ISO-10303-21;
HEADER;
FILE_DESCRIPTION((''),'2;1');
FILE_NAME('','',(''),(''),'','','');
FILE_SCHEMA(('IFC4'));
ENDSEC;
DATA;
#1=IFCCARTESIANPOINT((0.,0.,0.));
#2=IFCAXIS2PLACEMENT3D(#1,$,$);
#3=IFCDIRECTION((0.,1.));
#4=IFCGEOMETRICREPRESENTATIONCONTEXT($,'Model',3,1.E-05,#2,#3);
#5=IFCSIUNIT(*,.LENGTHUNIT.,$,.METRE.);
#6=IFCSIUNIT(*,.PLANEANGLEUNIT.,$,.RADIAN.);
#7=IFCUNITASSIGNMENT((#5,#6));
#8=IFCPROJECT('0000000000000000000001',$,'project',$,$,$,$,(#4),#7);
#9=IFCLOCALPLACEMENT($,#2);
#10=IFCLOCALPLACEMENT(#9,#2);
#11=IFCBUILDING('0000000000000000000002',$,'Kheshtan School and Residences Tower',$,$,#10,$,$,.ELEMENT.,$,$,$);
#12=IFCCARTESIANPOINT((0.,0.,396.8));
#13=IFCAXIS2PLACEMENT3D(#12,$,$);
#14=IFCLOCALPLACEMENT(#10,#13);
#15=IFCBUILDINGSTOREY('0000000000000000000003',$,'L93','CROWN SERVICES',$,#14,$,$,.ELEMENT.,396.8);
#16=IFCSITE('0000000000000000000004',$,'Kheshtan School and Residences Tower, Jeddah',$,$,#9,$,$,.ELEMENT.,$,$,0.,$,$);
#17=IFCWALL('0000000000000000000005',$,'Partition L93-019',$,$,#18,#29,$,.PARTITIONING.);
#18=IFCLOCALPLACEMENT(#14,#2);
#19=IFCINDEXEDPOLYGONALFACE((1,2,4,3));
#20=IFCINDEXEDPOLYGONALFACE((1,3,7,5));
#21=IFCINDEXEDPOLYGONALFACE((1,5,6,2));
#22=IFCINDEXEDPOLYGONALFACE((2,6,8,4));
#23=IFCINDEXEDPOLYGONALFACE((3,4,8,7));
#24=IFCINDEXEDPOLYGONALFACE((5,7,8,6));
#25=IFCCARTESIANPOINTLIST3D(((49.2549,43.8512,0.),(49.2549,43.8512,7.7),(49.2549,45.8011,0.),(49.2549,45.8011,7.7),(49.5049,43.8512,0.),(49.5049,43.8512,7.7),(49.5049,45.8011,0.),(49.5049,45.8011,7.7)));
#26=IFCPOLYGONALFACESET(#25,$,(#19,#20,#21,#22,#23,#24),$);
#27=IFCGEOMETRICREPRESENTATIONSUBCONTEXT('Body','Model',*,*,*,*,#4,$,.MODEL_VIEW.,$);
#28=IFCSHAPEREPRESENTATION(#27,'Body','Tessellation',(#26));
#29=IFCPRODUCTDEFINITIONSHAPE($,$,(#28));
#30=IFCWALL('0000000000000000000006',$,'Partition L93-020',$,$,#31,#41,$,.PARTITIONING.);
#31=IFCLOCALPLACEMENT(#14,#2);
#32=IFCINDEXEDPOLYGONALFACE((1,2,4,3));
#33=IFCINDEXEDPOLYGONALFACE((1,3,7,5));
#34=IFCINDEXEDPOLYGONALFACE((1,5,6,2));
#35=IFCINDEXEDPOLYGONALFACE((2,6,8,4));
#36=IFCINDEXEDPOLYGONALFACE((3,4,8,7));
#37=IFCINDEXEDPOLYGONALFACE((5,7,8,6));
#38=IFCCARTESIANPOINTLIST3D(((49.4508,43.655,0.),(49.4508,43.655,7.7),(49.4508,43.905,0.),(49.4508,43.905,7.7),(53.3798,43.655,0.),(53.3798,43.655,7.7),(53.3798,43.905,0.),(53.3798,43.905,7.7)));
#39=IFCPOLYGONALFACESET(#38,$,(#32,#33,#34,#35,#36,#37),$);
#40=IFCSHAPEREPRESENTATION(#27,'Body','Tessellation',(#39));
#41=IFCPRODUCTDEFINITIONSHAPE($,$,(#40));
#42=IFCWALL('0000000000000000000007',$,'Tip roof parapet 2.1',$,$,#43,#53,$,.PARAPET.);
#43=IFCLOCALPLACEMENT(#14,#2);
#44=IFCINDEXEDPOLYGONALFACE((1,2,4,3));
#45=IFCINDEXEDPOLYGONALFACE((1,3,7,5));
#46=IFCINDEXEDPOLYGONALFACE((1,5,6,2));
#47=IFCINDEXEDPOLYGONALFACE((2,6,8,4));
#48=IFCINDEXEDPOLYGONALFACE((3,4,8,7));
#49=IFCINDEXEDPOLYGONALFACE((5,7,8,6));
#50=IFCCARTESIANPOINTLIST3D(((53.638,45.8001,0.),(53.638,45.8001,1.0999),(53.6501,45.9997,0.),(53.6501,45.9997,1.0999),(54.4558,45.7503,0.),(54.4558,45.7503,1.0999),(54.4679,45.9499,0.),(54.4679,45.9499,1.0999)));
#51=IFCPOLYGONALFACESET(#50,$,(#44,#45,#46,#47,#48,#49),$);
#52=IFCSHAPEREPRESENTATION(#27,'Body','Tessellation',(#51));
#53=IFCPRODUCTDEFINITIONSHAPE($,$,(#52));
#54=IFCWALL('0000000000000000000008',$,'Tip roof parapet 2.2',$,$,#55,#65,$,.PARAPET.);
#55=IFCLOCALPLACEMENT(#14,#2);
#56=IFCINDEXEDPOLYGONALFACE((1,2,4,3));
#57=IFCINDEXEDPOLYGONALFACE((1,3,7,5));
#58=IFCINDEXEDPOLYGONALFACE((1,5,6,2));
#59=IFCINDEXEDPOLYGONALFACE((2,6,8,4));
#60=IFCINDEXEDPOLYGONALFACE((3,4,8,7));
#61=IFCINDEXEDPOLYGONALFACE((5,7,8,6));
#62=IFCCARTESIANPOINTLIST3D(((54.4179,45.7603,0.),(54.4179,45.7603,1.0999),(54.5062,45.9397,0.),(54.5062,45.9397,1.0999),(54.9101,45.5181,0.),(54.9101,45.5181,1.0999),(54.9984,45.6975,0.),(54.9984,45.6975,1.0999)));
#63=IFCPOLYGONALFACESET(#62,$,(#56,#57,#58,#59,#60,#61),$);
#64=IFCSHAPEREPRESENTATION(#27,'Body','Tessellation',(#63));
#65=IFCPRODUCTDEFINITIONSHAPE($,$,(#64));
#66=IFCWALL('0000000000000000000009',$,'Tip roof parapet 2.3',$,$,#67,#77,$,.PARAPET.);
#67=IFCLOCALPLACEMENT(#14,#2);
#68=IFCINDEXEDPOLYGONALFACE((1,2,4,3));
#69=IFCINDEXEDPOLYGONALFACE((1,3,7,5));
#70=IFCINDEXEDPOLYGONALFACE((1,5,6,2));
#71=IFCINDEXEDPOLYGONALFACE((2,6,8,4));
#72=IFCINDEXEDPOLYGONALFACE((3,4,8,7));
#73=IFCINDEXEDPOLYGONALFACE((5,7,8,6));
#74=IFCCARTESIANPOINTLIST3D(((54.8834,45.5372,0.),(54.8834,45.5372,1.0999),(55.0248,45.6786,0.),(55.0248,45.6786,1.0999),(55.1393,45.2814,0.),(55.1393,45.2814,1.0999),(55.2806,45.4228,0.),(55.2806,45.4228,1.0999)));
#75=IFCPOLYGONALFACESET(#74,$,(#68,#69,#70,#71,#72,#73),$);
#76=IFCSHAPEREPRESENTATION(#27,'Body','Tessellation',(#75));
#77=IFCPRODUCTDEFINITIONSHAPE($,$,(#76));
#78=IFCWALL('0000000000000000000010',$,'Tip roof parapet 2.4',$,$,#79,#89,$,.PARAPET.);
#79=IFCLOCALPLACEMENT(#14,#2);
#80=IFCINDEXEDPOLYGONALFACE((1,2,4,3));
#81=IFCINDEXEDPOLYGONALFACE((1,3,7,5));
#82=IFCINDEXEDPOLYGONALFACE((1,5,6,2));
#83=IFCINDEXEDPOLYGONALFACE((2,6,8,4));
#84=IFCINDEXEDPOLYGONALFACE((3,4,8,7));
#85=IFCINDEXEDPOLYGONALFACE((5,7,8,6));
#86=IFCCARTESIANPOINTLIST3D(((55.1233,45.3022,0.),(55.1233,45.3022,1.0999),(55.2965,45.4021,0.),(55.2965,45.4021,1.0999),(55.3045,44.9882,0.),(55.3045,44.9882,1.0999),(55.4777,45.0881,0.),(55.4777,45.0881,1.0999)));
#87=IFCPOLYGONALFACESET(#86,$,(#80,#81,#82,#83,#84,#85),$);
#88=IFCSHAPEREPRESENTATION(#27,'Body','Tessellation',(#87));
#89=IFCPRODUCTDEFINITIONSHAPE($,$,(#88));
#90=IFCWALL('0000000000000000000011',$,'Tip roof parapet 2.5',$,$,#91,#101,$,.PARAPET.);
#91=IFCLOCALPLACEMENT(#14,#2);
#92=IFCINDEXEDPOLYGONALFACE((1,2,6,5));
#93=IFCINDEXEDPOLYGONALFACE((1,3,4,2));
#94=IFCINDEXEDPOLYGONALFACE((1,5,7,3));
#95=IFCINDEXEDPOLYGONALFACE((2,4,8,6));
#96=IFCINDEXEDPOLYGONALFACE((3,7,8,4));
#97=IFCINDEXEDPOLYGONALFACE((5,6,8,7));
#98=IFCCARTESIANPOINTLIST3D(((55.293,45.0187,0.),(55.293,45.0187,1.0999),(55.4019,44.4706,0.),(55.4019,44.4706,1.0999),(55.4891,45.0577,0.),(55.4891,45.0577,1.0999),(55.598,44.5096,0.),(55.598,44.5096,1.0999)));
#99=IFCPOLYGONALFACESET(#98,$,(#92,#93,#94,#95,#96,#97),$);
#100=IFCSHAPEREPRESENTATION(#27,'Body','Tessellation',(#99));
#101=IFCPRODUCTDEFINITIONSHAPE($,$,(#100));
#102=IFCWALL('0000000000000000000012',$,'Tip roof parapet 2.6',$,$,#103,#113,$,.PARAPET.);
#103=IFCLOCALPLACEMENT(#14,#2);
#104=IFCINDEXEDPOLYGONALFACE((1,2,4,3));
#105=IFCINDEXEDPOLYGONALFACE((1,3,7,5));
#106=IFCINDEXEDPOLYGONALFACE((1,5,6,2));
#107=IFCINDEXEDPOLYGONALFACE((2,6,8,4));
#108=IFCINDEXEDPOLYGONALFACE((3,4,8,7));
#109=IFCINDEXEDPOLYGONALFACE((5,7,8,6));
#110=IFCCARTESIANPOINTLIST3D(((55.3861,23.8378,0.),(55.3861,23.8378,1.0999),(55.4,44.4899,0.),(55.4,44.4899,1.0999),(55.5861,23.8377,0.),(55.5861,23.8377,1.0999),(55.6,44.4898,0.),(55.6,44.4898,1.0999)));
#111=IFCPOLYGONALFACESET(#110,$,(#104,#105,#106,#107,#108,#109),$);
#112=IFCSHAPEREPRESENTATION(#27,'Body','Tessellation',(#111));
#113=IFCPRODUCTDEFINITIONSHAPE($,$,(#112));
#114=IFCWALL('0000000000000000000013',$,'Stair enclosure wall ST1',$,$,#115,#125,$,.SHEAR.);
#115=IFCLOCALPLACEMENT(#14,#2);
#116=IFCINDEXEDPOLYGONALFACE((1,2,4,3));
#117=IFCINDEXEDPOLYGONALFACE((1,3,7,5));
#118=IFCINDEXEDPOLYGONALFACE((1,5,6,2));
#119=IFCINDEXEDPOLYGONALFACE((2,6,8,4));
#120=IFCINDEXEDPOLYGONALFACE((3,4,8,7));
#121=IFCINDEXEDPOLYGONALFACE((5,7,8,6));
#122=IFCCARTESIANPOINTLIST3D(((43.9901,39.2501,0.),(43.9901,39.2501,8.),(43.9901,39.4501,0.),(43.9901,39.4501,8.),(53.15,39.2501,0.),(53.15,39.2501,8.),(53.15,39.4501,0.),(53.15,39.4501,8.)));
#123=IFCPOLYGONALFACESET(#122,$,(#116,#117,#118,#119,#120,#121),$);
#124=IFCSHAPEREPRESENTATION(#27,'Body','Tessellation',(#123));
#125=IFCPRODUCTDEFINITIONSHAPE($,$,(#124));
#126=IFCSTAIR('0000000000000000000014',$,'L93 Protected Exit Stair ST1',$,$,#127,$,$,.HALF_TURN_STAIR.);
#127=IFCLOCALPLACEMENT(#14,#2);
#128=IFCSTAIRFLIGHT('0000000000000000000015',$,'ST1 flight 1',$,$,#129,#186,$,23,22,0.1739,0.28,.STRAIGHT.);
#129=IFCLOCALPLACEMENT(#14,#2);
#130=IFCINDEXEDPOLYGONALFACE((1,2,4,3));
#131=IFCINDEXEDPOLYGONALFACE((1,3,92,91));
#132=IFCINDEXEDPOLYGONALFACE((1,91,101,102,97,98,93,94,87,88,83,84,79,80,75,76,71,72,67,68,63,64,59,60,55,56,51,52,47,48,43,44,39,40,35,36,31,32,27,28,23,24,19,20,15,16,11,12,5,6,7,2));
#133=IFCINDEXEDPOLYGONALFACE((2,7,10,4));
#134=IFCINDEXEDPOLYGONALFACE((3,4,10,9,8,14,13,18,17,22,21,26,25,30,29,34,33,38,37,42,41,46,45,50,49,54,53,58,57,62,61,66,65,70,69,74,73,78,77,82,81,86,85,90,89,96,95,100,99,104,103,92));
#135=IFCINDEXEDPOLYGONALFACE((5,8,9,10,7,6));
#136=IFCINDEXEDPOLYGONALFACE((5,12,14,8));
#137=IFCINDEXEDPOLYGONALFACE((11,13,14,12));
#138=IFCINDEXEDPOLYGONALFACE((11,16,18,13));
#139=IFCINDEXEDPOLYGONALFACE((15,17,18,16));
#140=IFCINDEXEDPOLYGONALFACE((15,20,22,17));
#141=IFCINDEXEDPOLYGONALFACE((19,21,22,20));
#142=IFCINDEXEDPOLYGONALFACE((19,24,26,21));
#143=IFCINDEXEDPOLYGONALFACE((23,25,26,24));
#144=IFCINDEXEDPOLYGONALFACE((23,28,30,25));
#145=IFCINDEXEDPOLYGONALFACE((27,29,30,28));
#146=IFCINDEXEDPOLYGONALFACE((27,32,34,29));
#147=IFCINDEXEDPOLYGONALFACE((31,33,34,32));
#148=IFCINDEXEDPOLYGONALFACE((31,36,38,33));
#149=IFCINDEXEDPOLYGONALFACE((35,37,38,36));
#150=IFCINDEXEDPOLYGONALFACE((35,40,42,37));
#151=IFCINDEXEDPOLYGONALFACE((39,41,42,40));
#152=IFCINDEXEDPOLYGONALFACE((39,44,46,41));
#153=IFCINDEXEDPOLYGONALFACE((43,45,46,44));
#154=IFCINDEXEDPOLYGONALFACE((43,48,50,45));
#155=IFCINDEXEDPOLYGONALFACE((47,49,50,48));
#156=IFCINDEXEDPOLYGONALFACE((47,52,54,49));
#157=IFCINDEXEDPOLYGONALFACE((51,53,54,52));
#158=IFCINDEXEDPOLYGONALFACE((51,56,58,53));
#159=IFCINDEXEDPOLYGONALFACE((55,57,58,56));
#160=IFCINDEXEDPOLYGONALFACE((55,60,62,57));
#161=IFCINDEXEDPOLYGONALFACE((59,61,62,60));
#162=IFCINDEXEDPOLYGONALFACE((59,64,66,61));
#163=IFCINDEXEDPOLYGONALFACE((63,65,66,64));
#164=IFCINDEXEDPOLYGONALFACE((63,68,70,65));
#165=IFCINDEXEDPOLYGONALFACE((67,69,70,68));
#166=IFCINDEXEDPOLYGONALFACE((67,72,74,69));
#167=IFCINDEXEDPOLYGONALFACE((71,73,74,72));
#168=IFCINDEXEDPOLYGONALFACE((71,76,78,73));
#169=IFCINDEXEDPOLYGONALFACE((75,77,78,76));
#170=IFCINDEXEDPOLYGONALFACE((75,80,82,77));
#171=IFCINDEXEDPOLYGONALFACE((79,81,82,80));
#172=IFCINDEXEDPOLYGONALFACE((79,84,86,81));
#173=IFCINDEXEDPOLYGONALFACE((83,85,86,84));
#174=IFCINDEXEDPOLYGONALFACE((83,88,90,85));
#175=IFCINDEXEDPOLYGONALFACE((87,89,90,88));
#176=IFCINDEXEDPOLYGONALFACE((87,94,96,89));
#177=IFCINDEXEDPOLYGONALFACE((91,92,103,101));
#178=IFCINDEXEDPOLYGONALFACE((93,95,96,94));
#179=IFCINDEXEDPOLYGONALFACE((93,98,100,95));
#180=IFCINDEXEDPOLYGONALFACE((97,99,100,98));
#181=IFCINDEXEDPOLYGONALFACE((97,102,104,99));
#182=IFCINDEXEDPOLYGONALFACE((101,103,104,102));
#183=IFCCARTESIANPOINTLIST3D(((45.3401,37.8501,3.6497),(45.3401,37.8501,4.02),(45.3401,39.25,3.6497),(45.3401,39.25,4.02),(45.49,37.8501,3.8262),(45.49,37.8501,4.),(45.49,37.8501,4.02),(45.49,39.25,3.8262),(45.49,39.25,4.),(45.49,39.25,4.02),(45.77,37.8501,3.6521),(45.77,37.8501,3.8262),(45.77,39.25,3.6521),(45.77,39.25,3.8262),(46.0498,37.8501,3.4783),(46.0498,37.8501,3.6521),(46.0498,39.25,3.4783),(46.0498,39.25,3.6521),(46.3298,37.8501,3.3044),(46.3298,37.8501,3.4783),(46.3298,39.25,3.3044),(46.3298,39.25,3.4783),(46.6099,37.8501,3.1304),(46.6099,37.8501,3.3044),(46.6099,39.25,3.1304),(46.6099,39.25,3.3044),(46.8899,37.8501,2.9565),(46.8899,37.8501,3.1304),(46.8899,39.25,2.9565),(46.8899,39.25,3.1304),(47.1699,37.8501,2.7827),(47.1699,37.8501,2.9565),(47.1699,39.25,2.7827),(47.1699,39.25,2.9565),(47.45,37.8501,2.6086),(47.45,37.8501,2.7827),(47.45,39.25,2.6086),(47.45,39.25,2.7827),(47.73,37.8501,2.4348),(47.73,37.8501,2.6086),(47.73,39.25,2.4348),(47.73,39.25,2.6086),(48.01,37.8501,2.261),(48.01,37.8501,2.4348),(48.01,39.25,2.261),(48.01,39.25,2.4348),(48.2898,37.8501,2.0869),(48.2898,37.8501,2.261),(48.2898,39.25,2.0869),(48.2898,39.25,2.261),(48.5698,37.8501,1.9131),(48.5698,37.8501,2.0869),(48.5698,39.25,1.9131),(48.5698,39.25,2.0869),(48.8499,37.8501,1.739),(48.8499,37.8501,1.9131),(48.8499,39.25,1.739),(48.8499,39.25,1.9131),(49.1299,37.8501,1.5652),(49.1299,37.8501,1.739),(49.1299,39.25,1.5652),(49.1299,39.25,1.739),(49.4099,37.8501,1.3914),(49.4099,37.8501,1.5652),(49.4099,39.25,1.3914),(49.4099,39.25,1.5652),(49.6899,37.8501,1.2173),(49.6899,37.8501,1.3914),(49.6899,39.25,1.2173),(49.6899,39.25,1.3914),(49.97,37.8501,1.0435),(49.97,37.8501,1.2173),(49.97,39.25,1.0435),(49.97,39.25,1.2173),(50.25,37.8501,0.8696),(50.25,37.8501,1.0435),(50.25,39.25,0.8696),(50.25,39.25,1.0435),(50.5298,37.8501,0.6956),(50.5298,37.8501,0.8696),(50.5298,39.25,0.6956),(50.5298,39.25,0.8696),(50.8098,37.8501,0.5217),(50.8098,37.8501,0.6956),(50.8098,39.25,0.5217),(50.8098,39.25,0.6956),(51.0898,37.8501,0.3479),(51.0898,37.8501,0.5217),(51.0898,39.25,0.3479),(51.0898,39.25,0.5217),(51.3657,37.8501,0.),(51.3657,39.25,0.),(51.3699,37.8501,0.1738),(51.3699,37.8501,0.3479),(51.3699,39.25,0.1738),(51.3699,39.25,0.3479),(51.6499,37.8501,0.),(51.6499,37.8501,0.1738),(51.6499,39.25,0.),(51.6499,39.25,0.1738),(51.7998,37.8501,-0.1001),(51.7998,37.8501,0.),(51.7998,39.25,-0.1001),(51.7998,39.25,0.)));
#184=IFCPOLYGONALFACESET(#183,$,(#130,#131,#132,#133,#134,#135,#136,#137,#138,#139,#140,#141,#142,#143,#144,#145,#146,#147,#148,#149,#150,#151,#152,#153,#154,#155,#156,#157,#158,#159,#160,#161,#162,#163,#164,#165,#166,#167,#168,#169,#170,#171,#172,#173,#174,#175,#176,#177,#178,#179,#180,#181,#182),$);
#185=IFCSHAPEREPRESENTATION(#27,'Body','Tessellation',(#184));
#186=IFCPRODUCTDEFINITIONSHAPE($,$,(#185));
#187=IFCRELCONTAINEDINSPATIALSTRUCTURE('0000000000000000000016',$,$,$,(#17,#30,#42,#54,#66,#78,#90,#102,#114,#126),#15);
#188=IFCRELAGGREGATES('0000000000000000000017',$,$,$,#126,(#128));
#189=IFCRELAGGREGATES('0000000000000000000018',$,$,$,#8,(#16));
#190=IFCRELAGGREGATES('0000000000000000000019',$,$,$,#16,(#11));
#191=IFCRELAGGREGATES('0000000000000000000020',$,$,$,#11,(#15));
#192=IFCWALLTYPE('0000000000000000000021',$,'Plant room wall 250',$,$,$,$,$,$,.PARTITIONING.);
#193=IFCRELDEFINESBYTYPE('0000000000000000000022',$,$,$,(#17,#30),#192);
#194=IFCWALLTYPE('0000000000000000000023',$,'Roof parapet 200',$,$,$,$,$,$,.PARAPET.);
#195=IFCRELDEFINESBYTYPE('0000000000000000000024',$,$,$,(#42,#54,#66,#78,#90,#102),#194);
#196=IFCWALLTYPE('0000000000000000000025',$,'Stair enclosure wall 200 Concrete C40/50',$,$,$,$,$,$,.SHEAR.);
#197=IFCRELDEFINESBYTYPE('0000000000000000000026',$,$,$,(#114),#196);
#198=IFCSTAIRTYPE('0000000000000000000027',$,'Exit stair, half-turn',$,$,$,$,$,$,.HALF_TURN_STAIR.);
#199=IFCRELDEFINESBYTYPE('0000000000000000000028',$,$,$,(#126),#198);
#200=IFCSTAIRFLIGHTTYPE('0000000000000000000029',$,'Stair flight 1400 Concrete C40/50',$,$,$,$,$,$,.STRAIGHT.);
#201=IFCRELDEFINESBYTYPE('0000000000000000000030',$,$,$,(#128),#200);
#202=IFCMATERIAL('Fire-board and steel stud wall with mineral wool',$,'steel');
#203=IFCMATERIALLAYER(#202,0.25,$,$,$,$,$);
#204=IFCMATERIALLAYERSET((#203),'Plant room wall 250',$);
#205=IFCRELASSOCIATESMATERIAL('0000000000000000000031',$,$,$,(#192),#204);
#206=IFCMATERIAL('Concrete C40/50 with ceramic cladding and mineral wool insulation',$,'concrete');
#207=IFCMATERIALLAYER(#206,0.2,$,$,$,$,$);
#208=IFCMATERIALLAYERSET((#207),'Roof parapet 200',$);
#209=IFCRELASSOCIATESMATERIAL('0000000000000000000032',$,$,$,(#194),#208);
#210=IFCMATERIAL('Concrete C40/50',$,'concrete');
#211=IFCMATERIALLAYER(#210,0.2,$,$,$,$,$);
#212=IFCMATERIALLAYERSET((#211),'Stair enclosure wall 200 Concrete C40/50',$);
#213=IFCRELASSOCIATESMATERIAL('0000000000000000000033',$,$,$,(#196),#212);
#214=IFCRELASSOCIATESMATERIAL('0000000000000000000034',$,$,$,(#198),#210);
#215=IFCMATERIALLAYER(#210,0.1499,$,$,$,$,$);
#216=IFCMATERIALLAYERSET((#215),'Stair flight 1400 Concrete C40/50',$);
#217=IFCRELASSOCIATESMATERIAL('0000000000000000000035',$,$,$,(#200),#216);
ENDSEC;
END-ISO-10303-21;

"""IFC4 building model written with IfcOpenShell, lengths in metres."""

from ifc_helpers import new_model, si_unit, direction, frame, frame_2d, origin, place, context, subcontext, project, spatial, polyline, rectangle, outline, extrude, material, layer, layer_set, type_object, element, aggregate, save


model = new_model("IFC4")

# Units and contexts
model_context = context("Model", 3, precision=1e-05, world=origin(), true_north=direction((0.0, 1.0)))
body_context = subcontext(model_context, "Body", "Model", "MODEL_VIEW")
ifc_project = project(units=[si_unit("LENGTHUNIT", "METRE"), si_unit("PLANEANGLEUNIT", "RADIAN")], contexts=[model_context])

# Site, building, storey
site_placement = place(None, origin())
site = spatial("IfcSite", under=ifc_project, at=site_placement, Name="Kheshtan School and Residences Tower, Jeddah", CompositionType="ELEMENT", RefElevation=0.0)
building_placement = place(site_placement, origin())
building = spatial("IfcBuilding", under=site, at=building_placement, Name="Kheshtan School and Residences Tower", CompositionType="ELEMENT")
storey_placement = place(building_placement, frame((0.0, 0.0, 396.8)))
storey = spatial("IfcBuildingStorey", under=building, at=storey_placement, Name="L93", Description="CROWN SERVICES", CompositionType="ELEMENT", Elevation=396.8)

# Walls
ifc_material_1 = material(Name="Concrete C40/50 with ceramic cladding and mineral wool insulation", Category="concrete")
ifc_material_2 = material(Name="Fire-board and steel stud wall with mineral wool", Category="steel")
ifc_layer_1 = layer(ifc_material_2, 0.25)
ifc_layer_set_1 = layer_set([ifc_layer_1], Name="Plant room wall 250")
wall_type_1 = type_object("IfcWallType", Name="Plant room wall 250", PredefinedType="PARTITIONING", material=ifc_layer_set_1)
wall_1_placement = place(storey_placement, frame((49.3799, 43.8511, 0.0), z_axis=(0.0, 0.0, 1.0), x_axis=(0.0, 1.0, 0.0)))
element("IfcWall", 1, at=wall_1_placement, inside=storey, type_object=wall_type_1, Name="Partition L93-019", PredefinedType="PARTITIONING", context=body_context, shape_type="SweptSolid", body=[
    extrude(rectangle(XDim=1.95, YDim=0.25, at=frame_2d((0.9751, 0.0))), origin(), (0.0, 0.0, 1.0), 7.7),
])
wall_2_placement = place(storey_placement, frame((49.4509, 43.78, 0.0), z_axis=(0.0, 0.0, 1.0), x_axis=(1.0, 0.0, 0.0)))
element("IfcWall", 2, at=wall_2_placement, inside=storey, type_object=wall_type_1, Name="Partition L93-020", PredefinedType="PARTITIONING", context=body_context, shape_type="SweptSolid", body=[
    extrude(rectangle(XDim=3.929, YDim=0.25, at=frame_2d((1.9644, 0.0))), origin(), (0.0, 0.0, 1.0), 7.7),
])
ifc_layer_2 = layer(ifc_material_1, 0.2)
ifc_layer_set_2 = layer_set([ifc_layer_2], Name="Roof parapet 200")
wall_type_2 = type_object("IfcWallType", Name="Roof parapet 200", PredefinedType="PARAPET", material=ifc_layer_set_2)
wall_3_placement = place(storey_placement, frame((53.644, 45.8999, 0.0), z_axis=(0.0, 0.0, 1.0), x_axis=(0.998151, -0.060783, 0.0)))
element("IfcWall", 3, at=wall_3_placement, inside=storey, type_object=wall_type_2, Name="Tip roof parapet 2.1", PredefinedType="PARAPET", context=body_context, shape_type="SweptSolid", body=[
    extrude(rectangle(XDim=0.8193, YDim=0.2, at=frame_2d((0.4097, 0.0))), origin(), (0.0, 0.0, 1.0), 1.0999),
])
wall_4_placement = place(storey_placement, frame((54.4619, 45.8501, 0.0), z_axis=(0.0, 0.0, 1.0), x_axis=(0.897257, -0.441508, 0.0)))
element("IfcWall", 4, at=wall_4_placement, inside=storey, type_object=wall_type_2, Name="Tip roof parapet 2.2", PredefinedType="PARAPET", context=body_context, shape_type="SweptSolid", body=[
    extrude(rectangle(XDim=0.5486, YDim=0.2, at=frame_2d((0.2744, 0.0))), origin(), (0.0, 0.0, 1.0), 1.0999),
])
wall_5_placement = place(storey_placement, frame((54.9541, 45.6079, 0.0), z_axis=(0.0, 0.0, 1.0), x_axis=(0.707107, -0.707107, 0.0)))
element("IfcWall", 5, at=wall_5_placement, inside=storey, type_object=wall_type_2, Name="Tip roof parapet 2.3", PredefinedType="PARAPET", context=body_context, shape_type="SweptSolid", body=[
    extrude(rectangle(XDim=0.3618, YDim=0.2, at=frame_2d((0.1809, 0.0))), origin(), (0.0, 0.0, 1.0), 1.0999),
])
wall_6_placement = place(storey_placement, frame((55.21, 45.3521, 0.0), z_axis=(0.0, 0.0, 1.0), x_axis=(0.499761, -0.866163, 0.0)))
element("IfcWall", 6, at=wall_6_placement, inside=storey, type_object=wall_type_2, Name="Tip roof parapet 2.4", PredefinedType="PARAPET", context=body_context, shape_type="SweptSolid", body=[
    extrude(rectangle(XDim=0.3625, YDim=0.2, at=frame_2d((0.1812, 0.0))), origin(), (0.0, 0.0, 1.0), 1.0999),
])
wall_7_placement = place(storey_placement, frame((55.3911, 45.0381, 0.0), z_axis=(0.0, 0.0, 1.0), x_axis=(0.194856, -0.980832, 0.0)))
element("IfcWall", 7, at=wall_7_placement, inside=storey, type_object=wall_type_2, Name="Tip roof parapet 2.5", PredefinedType="PARAPET", context=body_context, shape_type="SweptSolid", body=[
    extrude(rectangle(XDim=0.5588, YDim=0.2, at=frame_2d((0.2793, 0.0))), origin(), (0.0, 0.0, 1.0), 1.0999),
])
wall_8_placement = place(storey_placement, frame((55.5, 44.49, 0.0), z_axis=(0.0, 0.0, 1.0), x_axis=(-0.000674, -1.0, 0.0)))
element("IfcWall", 8, at=wall_8_placement, inside=storey, type_object=wall_type_2, Name="Tip roof parapet 2.6", PredefinedType="PARAPET", context=body_context, shape_type="SweptSolid", body=[
    extrude(rectangle(XDim=20.6521, YDim=0.2, at=frame_2d((10.3262, 0.0))), origin(), (0.0, 0.0, 1.0), 1.0999),
])
ifc_material_3 = material(Name="Concrete C40/50", Category="concrete")
ifc_layer_3 = layer(ifc_material_3, 0.2)
ifc_layer_set_3 = layer_set([ifc_layer_3], Name="Stair enclosure wall 200 Concrete C40/50")
wall_type_3 = type_object("IfcWallType", Name="Stair enclosure wall 200 Concrete C40/50", PredefinedType="SHEAR", material=ifc_layer_set_3)
wall_9_placement = place(storey_placement, frame((43.99, 39.3501, 0.0), z_axis=(0.0, 0.0, 1.0), x_axis=(1.0, 0.0, 0.0)))
element("IfcWall", 9, at=wall_9_placement, inside=storey, type_object=wall_type_3, Name="Stair enclosure wall ST1", PredefinedType="SHEAR", context=body_context, shape_type="SweptSolid", body=[
    extrude(rectangle(XDim=9.1599, YDim=0.2, at=frame_2d((4.5801, 0.0))), origin(), (0.0, 0.0, 1.0), 8.0),
])

# Stair, stair flight
stair_type = type_object("IfcStairType", Name="Exit stair, half-turn", PredefinedType="HALF_TURN_STAIR", material=ifc_material_3)
stair_placement = place(storey_placement, origin())
stair = element("IfcStair", 10, at=stair_placement, inside=storey, type_object=stair_type, Name="L93 Protected Exit Stair ST1", PredefinedType="HALF_TURN_STAIR")
ifc_layer_4 = layer(ifc_material_3, 0.1499)
ifc_layer_set_4 = layer_set([ifc_layer_4], Name="Stair flight 1400 Concrete C40/50")
stair_flight_type = type_object("IfcStairFlightType", Name="Stair flight 1400 Concrete C40/50", PredefinedType="STRAIGHT", material=ifc_layer_set_4)
stair_flight_placement = place(storey_placement, frame((51.6499, 38.55, 0.0), z_axis=(0.0, 0.0, 1.0), x_axis=(-1.0, 0.0, 0.0)))
stair_flight = element("IfcStairFlight", 11, at=stair_flight_placement, type_object=stair_flight_type, Name="ST1 flight 1", NumberOfRisers=23, NumberOfTreads=22, PredefinedType="STRAIGHT", RiserHeight=0.1739, TreadLength=0.28, context=body_context, shape_type="SweptSolid", body=[
    extrude(outline(polyline([(-0.1499, -0.1001), (-0.1499, 0.0), (0.0, 0.0), (0.0, 0.1738), (0.28, 0.1738), (0.28, 0.3479), (0.5601, 0.3479), (0.5601, 0.5217), (0.8401, 0.5217), (0.8401, 0.6956), (1.1201, 0.6956), (1.1201, 0.8696), (1.3999, 0.8696), (1.3999, 1.0435), (1.6799, 1.0435), (1.6799, 1.2173), (1.96, 1.2173), (1.96, 1.3914), (2.24, 1.3914), (2.24, 1.5652), (2.52, 1.5652), (2.52, 1.739), (2.8, 1.739), (2.8, 1.9131), (3.0801, 1.9131), (3.0801, 2.0869), (3.3601, 2.0869), (3.3601, 2.261), (3.6399, 2.261), (3.6399, 2.4348), (3.9199, 2.4348), (3.9199, 2.6086), (4.2, 2.6086), (4.2, 2.7827), (4.48, 2.7827), (4.48, 2.9565), (4.76, 2.9565), (4.76, 3.1304), (5.04, 3.1304), (5.04, 3.3044), (5.3201, 3.3044), (5.3201, 3.4783), (5.6001, 3.4783), (5.6001, 3.6521), (5.8799, 3.6521), (5.8799, 3.8262), (6.1599, 3.8262), (6.1599, 4.0), (6.1599, 4.02), (6.3098, 4.02), (6.3098, 3.6497), (0.2842, 0.0), (-0.1499, -0.1001)])), frame((0.0, 0.7, 0.0), z_axis=(0.0, -1.0, 0.0), x_axis=(1.0, 0.0, 0.0)), (0.0, 0.0, 1.0), 1.3999),
])
aggregate(stair, [stair_flight])

save(model, "model.ifc")
